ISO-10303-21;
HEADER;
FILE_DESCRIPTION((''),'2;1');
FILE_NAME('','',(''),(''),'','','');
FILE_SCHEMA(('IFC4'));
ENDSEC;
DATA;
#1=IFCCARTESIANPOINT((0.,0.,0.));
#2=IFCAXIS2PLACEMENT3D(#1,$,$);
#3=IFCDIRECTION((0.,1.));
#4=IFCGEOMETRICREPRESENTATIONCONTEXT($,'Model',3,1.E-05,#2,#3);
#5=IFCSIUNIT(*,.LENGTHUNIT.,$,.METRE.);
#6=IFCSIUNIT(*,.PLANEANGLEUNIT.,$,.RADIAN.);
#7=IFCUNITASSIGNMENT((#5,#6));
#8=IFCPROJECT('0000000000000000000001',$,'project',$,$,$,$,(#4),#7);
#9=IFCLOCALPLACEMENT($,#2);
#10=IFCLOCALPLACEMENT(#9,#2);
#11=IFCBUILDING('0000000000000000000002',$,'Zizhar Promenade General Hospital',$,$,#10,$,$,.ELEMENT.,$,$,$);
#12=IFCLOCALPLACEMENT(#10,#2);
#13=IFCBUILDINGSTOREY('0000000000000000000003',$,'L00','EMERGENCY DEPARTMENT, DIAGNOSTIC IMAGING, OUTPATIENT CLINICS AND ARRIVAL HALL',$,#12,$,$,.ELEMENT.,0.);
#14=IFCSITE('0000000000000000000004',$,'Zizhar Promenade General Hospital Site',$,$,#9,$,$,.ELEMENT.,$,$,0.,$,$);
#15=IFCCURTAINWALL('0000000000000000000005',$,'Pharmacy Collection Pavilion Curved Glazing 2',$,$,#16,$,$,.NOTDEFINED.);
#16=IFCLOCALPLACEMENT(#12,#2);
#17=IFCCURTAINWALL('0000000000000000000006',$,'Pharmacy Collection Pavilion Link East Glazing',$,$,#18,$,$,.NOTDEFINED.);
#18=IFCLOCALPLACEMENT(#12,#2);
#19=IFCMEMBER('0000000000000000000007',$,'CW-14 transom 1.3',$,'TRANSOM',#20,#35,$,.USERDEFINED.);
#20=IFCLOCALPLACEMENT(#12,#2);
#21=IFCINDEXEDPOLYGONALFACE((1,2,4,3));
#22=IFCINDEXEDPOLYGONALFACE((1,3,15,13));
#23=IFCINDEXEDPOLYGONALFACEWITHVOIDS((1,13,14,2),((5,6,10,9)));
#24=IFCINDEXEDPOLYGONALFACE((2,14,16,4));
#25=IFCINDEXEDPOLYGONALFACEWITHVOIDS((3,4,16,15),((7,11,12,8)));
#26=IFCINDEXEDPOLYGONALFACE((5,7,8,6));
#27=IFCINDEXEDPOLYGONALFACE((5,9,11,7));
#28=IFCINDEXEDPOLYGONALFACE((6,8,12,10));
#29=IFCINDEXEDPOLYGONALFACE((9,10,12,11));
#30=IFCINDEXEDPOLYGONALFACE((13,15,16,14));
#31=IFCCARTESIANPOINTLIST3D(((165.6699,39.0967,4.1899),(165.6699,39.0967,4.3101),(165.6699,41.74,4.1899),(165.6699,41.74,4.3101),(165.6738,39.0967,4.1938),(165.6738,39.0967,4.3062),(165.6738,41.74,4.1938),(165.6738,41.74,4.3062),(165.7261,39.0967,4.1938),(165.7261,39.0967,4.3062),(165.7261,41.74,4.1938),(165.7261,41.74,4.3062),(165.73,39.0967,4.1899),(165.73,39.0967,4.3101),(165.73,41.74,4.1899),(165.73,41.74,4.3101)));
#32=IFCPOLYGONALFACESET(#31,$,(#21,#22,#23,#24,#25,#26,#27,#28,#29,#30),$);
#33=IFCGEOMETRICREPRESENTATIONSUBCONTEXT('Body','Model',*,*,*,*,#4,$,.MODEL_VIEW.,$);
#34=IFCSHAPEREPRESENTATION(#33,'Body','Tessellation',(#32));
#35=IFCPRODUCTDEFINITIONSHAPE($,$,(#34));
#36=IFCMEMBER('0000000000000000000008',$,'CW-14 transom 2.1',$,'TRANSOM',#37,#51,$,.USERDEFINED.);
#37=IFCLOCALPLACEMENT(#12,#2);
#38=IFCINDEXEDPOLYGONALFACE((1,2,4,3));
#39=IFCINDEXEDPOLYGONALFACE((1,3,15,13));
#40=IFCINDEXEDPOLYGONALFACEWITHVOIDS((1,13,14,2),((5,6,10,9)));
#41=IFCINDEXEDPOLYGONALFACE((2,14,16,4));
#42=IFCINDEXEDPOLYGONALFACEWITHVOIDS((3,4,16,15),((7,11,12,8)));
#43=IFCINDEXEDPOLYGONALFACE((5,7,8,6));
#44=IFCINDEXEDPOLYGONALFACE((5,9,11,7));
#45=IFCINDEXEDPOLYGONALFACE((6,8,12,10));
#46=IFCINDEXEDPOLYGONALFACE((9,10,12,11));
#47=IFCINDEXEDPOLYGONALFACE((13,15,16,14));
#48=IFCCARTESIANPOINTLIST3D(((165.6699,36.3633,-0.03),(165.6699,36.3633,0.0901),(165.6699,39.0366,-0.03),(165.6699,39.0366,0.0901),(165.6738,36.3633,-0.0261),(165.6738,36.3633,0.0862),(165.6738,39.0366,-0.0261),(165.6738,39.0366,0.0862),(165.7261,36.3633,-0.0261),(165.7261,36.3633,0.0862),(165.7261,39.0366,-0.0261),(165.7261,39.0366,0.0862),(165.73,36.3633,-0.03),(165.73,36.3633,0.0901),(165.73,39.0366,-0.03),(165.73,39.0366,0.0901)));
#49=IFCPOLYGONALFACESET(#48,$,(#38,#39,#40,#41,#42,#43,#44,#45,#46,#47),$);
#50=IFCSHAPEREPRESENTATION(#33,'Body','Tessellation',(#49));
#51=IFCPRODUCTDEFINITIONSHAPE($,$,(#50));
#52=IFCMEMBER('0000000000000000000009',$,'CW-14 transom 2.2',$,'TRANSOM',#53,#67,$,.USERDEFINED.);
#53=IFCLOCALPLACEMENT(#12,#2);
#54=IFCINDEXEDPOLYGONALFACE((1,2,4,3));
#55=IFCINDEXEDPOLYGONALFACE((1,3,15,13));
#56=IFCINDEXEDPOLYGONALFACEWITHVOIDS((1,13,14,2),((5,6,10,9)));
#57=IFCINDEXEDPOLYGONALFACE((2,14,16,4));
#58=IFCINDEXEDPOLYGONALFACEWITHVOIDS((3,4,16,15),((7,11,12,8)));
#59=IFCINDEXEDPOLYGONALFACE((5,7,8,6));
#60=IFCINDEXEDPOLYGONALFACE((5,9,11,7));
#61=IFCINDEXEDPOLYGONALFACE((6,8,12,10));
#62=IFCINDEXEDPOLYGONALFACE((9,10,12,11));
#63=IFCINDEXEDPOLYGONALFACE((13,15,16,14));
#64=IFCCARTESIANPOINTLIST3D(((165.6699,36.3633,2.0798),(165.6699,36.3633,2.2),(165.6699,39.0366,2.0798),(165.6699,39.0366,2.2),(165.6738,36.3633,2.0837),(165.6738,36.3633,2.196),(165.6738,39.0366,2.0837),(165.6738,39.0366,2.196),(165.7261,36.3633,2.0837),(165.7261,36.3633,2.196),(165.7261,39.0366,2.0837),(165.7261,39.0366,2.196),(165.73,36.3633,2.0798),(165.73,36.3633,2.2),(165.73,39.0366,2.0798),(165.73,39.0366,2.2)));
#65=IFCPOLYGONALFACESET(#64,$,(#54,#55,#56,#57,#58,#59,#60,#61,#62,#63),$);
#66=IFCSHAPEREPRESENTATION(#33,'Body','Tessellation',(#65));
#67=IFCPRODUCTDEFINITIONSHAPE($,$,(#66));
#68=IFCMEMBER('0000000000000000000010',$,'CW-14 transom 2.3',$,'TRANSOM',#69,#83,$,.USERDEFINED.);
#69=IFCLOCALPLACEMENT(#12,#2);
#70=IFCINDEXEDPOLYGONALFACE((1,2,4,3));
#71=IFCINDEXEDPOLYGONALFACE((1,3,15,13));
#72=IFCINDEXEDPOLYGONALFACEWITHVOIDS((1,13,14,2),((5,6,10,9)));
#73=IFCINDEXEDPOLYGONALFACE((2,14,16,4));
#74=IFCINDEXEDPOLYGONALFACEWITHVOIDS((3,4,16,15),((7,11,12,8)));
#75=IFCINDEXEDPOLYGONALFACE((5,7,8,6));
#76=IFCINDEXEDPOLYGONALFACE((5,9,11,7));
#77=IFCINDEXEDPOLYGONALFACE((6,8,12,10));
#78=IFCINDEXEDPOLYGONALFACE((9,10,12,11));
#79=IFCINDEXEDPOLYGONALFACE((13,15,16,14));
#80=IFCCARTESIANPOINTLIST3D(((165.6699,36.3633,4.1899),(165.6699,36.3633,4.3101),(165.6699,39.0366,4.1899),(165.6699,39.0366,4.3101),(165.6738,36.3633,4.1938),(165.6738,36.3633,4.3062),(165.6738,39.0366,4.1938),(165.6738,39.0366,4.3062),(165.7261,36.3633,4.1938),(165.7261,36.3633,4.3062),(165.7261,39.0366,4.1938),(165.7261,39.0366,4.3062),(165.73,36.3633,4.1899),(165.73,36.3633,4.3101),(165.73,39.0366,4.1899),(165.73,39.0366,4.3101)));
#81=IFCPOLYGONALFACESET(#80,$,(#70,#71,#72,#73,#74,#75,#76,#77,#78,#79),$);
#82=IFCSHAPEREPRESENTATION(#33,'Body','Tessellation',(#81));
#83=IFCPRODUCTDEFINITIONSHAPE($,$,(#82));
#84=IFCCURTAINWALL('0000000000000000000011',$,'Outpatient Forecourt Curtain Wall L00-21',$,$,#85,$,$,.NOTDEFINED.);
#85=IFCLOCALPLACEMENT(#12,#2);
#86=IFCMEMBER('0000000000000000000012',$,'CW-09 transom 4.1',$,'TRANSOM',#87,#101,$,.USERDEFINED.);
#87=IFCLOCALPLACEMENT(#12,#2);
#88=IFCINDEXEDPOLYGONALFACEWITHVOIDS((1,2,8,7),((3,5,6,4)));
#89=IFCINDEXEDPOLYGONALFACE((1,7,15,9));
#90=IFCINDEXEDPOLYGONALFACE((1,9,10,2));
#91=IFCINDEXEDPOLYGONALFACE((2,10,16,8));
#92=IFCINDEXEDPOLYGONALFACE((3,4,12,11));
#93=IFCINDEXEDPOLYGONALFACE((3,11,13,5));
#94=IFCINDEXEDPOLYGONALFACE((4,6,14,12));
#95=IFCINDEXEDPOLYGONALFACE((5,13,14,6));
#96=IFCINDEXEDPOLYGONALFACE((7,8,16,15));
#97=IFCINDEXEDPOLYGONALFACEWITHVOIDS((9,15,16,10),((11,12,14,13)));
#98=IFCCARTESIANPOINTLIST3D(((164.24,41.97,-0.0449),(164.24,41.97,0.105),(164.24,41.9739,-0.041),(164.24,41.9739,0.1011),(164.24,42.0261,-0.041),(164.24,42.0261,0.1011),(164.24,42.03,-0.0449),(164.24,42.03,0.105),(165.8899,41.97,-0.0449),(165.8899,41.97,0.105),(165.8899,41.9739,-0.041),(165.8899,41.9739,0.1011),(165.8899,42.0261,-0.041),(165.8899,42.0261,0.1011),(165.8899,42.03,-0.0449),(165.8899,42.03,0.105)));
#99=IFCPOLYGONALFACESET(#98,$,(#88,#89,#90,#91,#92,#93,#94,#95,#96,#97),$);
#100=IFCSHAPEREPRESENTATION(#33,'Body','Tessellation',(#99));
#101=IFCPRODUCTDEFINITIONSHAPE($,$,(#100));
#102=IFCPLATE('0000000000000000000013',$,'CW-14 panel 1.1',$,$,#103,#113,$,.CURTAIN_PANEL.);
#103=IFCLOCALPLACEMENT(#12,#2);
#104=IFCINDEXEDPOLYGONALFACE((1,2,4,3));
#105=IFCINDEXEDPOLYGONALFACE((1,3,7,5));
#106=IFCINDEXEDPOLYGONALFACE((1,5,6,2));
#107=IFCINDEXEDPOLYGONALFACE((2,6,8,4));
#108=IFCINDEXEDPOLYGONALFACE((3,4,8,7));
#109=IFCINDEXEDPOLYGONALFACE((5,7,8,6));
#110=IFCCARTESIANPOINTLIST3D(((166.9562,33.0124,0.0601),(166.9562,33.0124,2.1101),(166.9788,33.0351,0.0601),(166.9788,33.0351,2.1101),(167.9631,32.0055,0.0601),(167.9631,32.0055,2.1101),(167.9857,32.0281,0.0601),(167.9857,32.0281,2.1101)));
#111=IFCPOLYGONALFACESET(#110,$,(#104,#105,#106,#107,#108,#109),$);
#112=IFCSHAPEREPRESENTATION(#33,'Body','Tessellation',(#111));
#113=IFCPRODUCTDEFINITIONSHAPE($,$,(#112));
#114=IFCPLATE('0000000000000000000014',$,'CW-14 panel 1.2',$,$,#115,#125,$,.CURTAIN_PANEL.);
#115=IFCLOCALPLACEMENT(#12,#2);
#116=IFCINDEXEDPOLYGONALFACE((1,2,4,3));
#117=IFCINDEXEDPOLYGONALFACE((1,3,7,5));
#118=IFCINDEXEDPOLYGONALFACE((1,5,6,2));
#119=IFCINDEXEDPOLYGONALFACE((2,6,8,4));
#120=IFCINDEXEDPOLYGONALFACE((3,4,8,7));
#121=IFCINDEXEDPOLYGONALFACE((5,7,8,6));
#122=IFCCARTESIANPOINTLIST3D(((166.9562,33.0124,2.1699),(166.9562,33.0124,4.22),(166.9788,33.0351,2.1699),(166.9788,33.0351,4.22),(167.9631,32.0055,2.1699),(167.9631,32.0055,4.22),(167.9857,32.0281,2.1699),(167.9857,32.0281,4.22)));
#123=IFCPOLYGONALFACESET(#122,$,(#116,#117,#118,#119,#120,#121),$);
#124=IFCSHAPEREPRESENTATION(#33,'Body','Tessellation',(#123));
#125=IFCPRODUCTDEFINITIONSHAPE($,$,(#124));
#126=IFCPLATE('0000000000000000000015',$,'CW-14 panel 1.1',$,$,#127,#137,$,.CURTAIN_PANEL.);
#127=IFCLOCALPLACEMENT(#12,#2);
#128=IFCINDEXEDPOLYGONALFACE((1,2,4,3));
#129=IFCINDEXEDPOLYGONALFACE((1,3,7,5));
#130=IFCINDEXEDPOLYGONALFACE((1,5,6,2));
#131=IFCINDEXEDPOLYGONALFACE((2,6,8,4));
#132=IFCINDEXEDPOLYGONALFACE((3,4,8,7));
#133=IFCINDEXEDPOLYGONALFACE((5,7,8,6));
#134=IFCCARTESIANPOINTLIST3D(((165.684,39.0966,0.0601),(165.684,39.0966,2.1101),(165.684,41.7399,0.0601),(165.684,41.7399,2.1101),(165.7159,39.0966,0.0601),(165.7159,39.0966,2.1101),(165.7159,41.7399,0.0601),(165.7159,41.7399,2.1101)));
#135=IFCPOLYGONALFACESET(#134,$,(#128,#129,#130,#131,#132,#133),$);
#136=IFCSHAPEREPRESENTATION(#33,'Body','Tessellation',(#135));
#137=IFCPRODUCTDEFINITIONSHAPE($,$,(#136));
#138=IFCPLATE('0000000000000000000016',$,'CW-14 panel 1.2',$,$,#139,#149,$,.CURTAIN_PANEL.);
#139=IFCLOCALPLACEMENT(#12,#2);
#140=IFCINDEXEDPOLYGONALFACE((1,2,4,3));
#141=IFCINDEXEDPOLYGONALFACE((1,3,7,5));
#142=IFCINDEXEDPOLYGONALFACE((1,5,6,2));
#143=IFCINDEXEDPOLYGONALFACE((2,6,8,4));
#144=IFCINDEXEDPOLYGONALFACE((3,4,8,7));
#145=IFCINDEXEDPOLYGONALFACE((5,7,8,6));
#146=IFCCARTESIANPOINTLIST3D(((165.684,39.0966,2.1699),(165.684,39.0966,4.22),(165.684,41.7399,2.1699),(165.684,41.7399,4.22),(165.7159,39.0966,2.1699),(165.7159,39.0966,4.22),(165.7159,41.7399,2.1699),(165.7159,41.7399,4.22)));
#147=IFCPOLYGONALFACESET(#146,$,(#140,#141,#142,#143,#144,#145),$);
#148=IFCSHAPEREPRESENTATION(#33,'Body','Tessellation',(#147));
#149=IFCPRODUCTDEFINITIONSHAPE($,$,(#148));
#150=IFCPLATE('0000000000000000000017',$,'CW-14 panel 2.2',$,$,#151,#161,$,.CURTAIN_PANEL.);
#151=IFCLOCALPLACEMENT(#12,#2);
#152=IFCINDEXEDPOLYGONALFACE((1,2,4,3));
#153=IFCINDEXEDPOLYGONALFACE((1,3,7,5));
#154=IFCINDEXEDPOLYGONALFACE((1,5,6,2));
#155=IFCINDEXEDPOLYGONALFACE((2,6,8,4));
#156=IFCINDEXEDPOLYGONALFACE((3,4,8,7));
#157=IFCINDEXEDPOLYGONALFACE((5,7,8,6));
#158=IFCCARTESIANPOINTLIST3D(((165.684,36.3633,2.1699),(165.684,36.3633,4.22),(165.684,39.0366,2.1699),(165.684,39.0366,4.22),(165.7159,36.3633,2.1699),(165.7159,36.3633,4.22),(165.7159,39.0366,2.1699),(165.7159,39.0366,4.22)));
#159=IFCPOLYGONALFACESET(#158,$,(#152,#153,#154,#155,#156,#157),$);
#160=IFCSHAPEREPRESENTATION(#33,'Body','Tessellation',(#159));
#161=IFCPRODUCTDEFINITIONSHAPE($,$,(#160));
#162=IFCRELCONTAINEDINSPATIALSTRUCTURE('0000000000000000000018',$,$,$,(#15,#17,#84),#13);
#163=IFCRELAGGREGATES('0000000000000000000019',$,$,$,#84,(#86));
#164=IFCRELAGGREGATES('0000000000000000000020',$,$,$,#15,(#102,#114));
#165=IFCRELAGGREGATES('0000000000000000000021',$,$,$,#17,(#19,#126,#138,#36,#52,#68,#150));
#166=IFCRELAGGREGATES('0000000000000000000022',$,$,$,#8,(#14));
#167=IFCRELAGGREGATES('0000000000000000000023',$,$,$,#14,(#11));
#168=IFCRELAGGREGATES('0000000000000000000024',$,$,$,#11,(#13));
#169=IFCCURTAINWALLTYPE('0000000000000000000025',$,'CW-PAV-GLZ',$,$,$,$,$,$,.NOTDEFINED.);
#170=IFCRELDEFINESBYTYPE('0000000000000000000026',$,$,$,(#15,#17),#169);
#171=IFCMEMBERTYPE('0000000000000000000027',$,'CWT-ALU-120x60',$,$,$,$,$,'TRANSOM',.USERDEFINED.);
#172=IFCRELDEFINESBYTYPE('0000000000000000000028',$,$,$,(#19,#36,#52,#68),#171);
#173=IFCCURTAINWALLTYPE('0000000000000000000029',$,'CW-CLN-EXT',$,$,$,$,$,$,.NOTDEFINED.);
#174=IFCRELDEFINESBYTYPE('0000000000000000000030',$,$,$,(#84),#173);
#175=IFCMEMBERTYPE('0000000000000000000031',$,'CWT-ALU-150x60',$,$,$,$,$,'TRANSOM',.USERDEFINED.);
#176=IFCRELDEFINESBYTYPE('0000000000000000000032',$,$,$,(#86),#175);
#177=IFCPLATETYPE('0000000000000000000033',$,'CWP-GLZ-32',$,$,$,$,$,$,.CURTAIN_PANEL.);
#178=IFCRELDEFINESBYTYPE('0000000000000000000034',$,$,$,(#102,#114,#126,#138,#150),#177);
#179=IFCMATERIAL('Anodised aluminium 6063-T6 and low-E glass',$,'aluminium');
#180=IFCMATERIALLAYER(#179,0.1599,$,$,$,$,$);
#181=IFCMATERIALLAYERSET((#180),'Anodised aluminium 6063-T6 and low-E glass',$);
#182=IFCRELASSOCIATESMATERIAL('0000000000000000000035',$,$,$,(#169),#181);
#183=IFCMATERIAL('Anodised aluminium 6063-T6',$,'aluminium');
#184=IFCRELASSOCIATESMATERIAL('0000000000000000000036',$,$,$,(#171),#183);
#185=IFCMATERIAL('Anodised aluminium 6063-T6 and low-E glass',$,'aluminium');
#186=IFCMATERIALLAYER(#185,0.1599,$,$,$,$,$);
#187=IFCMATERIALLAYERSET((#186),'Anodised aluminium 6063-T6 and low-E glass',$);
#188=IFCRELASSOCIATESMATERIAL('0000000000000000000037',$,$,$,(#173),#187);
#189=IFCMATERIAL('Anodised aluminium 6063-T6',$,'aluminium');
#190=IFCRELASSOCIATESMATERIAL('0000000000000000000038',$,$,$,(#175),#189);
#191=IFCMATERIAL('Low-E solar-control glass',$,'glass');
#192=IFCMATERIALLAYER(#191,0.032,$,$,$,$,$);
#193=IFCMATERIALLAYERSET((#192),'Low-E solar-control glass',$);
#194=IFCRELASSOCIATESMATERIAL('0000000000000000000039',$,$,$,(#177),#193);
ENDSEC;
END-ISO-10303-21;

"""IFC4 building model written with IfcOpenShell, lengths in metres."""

from ifc_helpers import new_model, si_unit, direction, frame, origin, origin_2d, place, context, subcontext, project, spatial, rectangle, hollow_rectangle, extrude, material, layer, layer_set, material_profile, profile_set, type_object, element, aggregate, save


model = new_model("IFC4")

# Units and contexts
model_context = context("Model", 3, precision=1e-05, world=origin(), true_north=direction((0.0, 1.0)))
body_context = subcontext(model_context, "Body", "Model", "MODEL_VIEW")
ifc_project = project(units=[si_unit("LENGTHUNIT", "METRE"), si_unit("PLANEANGLEUNIT", "RADIAN")], contexts=[model_context])

# Site, building, storey
site_placement = place(None, origin())
site = spatial("IfcSite", under=ifc_project, at=site_placement, Name="Zizhar Promenade General Hospital Site", CompositionType="ELEMENT", RefElevation=0.0)
building_placement = place(site_placement, origin())
building = spatial("IfcBuilding", under=site, at=building_placement, Name="Zizhar Promenade General Hospital", CompositionType="ELEMENT")
storey_placement = place(building_placement, origin())
storey = spatial("IfcBuildingStorey", under=building, at=storey_placement, Name="L00", Description="EMERGENCY DEPARTMENT, DIAGNOSTIC IMAGING, OUTPATIENT CLINICS AND ARRIVAL HALL", CompositionType="ELEMENT", Elevation=0.0)

# Curtain wall
ifc_material_1 = material(Name="Anodised aluminium 6063-T6 and low-E glass", Category="aluminium")
ifc_layer_1 = layer(ifc_material_1, 0.1599)
ifc_layer_set_1 = layer_set([ifc_layer_1], Name="Anodised aluminium 6063-T6 and low-E glass")
curtain_wall_type_1 = type_object("IfcCurtainWallType", Name="CW-PAV-GLZ", PredefinedType="NOTDEFINED", material=ifc_layer_set_1)
curtain_wall_1_placement = place(storey_placement, origin())
curtain_wall_1 = element("IfcCurtainWall", 1, at=curtain_wall_1_placement, inside=storey, type_object=curtain_wall_type_1, Name="Pharmacy Collection Pavilion Curved Glazing 2", PredefinedType="NOTDEFINED")

# Curtain wall
curtain_wall_2_placement = place(storey_placement, origin())
curtain_wall_2 = element("IfcCurtainWall", 2, at=curtain_wall_2_placement, inside=storey, type_object=curtain_wall_type_1, Name="Pharmacy Collection Pavilion Link East Glazing", PredefinedType="NOTDEFINED")

# Members
ifc_material_2 = material(Name="Anodised aluminium 6063-T6", Category="aluminium")
ifc_material_profile_1 = material_profile(ifc_material_2, hollow_rectangle(XDim=0.0601, YDim=0.1201, WallThickness=0.0039, at=origin_2d()))
ifc_profile_set_1 = profile_set([ifc_material_profile_1], Name="Anodised aluminium 6063-T6")
member_type_1 = type_object("IfcMemberType", Name="CWT-ALU-120x60", ElementType="TRANSOM", PredefinedType="USERDEFINED", material=ifc_profile_set_1)
member_1_placement = place(storey_placement, frame((165.7, 41.74, 4.25), z_axis=(0.0, -1.0, 0.0), x_axis=(1.0, 0.0, 0.0)))
member_1 = element("IfcMember", 3, at=member_1_placement, type_object=member_type_1, Name="CW-14 transom 1.3", ObjectType="TRANSOM", PredefinedType="USERDEFINED", context=body_context, shape_type="SweptSolid", body=[
    extrude(hollow_rectangle(XDim=0.0601, YDim=0.1201, WallThickness=0.0039, at=origin_2d()), origin(), (0.0, 0.0, 1.0), 2.6433),
])
member_2_placement = place(storey_placement, frame((165.7, 39.0366, 0.03), z_axis=(0.0, -1.0, 0.0), x_axis=(1.0, 0.0, 0.0)))
member_2 = element("IfcMember", 4, at=member_2_placement, type_object=member_type_1, Name="CW-14 transom 2.1", ObjectType="TRANSOM", PredefinedType="USERDEFINED", context=body_context, shape_type="SweptSolid", body=[
    extrude(hollow_rectangle(XDim=0.0601, YDim=0.1201, WallThickness=0.0039, at=origin_2d()), origin(), (0.0, 0.0, 1.0), 2.6733),
])
member_3_placement = place(storey_placement, frame((165.7, 39.0366, 2.1399), z_axis=(0.0, -1.0, 0.0), x_axis=(1.0, 0.0, 0.0)))
member_3 = element("IfcMember", 5, at=member_3_placement, type_object=member_type_1, Name="CW-14 transom 2.2", ObjectType="TRANSOM", PredefinedType="USERDEFINED", context=body_context, shape_type="SweptSolid", body=[
    extrude(hollow_rectangle(XDim=0.0601, YDim=0.1201, WallThickness=0.0039, at=origin_2d()), origin(), (0.0, 0.0, 1.0), 2.6733),
])
member_4_placement = place(storey_placement, frame((165.7, 39.0366, 4.25), z_axis=(0.0, -1.0, 0.0), x_axis=(1.0, 0.0, 0.0)))
member_4 = element("IfcMember", 6, at=member_4_placement, type_object=member_type_1, Name="CW-14 transom 2.3", ObjectType="TRANSOM", PredefinedType="USERDEFINED", context=body_context, shape_type="SweptSolid", body=[
    extrude(hollow_rectangle(XDim=0.0601, YDim=0.1201, WallThickness=0.0039, at=origin_2d()), origin(), (0.0, 0.0, 1.0), 2.6733),
])

# Curtain wall, member
ifc_material_3 = material(Name="Anodised aluminium 6063-T6 and low-E glass", Category="aluminium")
ifc_layer_2 = layer(ifc_material_3, 0.1599)
ifc_layer_set_2 = layer_set([ifc_layer_2], Name="Anodised aluminium 6063-T6 and low-E glass")
curtain_wall_type_2 = type_object("IfcCurtainWallType", Name="CW-CLN-EXT", PredefinedType="NOTDEFINED", material=ifc_layer_set_2)
curtain_wall_3_placement = place(storey_placement, origin())
curtain_wall_3 = element("IfcCurtainWall", 7, at=curtain_wall_3_placement, inside=storey, type_object=curtain_wall_type_2, Name="Outpatient Forecourt Curtain Wall L00-21", PredefinedType="NOTDEFINED")
ifc_material_4 = material(Name="Anodised aluminium 6063-T6", Category="aluminium")
ifc_material_profile_2 = material_profile(ifc_material_4, hollow_rectangle(XDim=0.0601, YDim=0.1499, WallThickness=0.0039, at=origin_2d()))
ifc_profile_set_2 = profile_set([ifc_material_profile_2], Name="Anodised aluminium 6063-T6")
member_type_2 = type_object("IfcMemberType", Name="CWT-ALU-150x60", ElementType="TRANSOM", PredefinedType="USERDEFINED", material=ifc_profile_set_2)
member_5_placement = place(storey_placement, frame((165.8899, 42.0, 0.03), z_axis=(-1.0, 0.0, 0.0), x_axis=(0.0, -1.0, 0.0)))
member_5 = element("IfcMember", 8, at=member_5_placement, type_object=member_type_2, Name="CW-09 transom 4.1", ObjectType="TRANSOM", PredefinedType="USERDEFINED", context=body_context, shape_type="SweptSolid", body=[
    extrude(hollow_rectangle(XDim=0.0601, YDim=0.1499, WallThickness=0.0039, at=origin_2d()), origin(), (0.0, 0.0, 1.0), 1.6499),
])
aggregate(curtain_wall_3, [member_5])

# Plates
ifc_material_5 = material(Name="Low-E solar-control glass", Category="glass")
ifc_layer_3 = layer(ifc_material_5, 0.032)
ifc_layer_set_3 = layer_set([ifc_layer_3], Name="Low-E solar-control glass")
plate_type = type_object("IfcPlateType", Name="CWP-GLZ-32", PredefinedType="CURTAIN_PANEL", material=ifc_layer_set_3)
plate_1_placement = place(storey_placement, frame((167.4709, 32.5203, 0.0601), z_axis=(0.0, 0.0, 1.0), x_axis=(0.707107, -0.707107, 0.0)))
plate_1 = element("IfcPlate", 9, at=plate_1_placement, type_object=plate_type, Name="CW-14 panel 1.1", PredefinedType="CURTAIN_PANEL", context=body_context, shape_type="SweptSolid", body=[
    extrude(rectangle(XDim=1.4241, YDim=0.032, at=origin_2d()), origin(), (0.0, 0.0, 1.0), 2.05),
])
plate_2_placement = place(storey_placement, frame((167.4709, 32.5203, 2.1699), z_axis=(0.0, 0.0, 1.0), x_axis=(0.707107, -0.707107, 0.0)))
plate_2 = element("IfcPlate", 10, at=plate_2_placement, type_object=plate_type, Name="CW-14 panel 1.2", PredefinedType="CURTAIN_PANEL", context=body_context, shape_type="SweptSolid", body=[
    extrude(rectangle(XDim=1.4241, YDim=0.032, at=origin_2d()), origin(), (0.0, 0.0, 1.0), 2.05),
])
aggregate(curtain_wall_1, [plate_1, plate_2])
plate_3_placement = place(storey_placement, frame((165.7, 40.4182, 0.0601), z_axis=(0.0, 0.0, 1.0), x_axis=(0.0, -1.0, 0.0)))
plate_3 = element("IfcPlate", 11, at=plate_3_placement, type_object=plate_type, Name="CW-14 panel 1.1", PredefinedType="CURTAIN_PANEL", context=body_context, shape_type="SweptSolid", body=[
    extrude(rectangle(XDim=2.6433, YDim=0.032, at=origin_2d()), origin(), (0.0, 0.0, 1.0), 2.05),
])
plate_4_placement = place(storey_placement, frame((165.7, 40.4182, 2.1699), z_axis=(0.0, 0.0, 1.0), x_axis=(0.0, -1.0, 0.0)))
plate_4 = element("IfcPlate", 12, at=plate_4_placement, type_object=plate_type, Name="CW-14 panel 1.2", PredefinedType="CURTAIN_PANEL", context=body_context, shape_type="SweptSolid", body=[
    extrude(rectangle(XDim=2.6433, YDim=0.032, at=origin_2d()), origin(), (0.0, 0.0, 1.0), 2.05),
])
plate_5_placement = place(storey_placement, frame((165.7, 37.7, 2.1699), z_axis=(0.0, 0.0, 1.0), x_axis=(0.0, -1.0, 0.0)))
plate_5 = element("IfcPlate", 13, at=plate_5_placement, type_object=plate_type, Name="CW-14 panel 2.2", PredefinedType="CURTAIN_PANEL", context=body_context, shape_type="SweptSolid", body=[
    extrude(rectangle(XDim=2.6733, YDim=0.032, at=origin_2d()), origin(), (0.0, 0.0, 1.0), 2.05),
])
aggregate(curtain_wall_2, [member_1, plate_3, plate_4, member_2, member_3, member_4, plate_5])

save(model, "model.ifc")
